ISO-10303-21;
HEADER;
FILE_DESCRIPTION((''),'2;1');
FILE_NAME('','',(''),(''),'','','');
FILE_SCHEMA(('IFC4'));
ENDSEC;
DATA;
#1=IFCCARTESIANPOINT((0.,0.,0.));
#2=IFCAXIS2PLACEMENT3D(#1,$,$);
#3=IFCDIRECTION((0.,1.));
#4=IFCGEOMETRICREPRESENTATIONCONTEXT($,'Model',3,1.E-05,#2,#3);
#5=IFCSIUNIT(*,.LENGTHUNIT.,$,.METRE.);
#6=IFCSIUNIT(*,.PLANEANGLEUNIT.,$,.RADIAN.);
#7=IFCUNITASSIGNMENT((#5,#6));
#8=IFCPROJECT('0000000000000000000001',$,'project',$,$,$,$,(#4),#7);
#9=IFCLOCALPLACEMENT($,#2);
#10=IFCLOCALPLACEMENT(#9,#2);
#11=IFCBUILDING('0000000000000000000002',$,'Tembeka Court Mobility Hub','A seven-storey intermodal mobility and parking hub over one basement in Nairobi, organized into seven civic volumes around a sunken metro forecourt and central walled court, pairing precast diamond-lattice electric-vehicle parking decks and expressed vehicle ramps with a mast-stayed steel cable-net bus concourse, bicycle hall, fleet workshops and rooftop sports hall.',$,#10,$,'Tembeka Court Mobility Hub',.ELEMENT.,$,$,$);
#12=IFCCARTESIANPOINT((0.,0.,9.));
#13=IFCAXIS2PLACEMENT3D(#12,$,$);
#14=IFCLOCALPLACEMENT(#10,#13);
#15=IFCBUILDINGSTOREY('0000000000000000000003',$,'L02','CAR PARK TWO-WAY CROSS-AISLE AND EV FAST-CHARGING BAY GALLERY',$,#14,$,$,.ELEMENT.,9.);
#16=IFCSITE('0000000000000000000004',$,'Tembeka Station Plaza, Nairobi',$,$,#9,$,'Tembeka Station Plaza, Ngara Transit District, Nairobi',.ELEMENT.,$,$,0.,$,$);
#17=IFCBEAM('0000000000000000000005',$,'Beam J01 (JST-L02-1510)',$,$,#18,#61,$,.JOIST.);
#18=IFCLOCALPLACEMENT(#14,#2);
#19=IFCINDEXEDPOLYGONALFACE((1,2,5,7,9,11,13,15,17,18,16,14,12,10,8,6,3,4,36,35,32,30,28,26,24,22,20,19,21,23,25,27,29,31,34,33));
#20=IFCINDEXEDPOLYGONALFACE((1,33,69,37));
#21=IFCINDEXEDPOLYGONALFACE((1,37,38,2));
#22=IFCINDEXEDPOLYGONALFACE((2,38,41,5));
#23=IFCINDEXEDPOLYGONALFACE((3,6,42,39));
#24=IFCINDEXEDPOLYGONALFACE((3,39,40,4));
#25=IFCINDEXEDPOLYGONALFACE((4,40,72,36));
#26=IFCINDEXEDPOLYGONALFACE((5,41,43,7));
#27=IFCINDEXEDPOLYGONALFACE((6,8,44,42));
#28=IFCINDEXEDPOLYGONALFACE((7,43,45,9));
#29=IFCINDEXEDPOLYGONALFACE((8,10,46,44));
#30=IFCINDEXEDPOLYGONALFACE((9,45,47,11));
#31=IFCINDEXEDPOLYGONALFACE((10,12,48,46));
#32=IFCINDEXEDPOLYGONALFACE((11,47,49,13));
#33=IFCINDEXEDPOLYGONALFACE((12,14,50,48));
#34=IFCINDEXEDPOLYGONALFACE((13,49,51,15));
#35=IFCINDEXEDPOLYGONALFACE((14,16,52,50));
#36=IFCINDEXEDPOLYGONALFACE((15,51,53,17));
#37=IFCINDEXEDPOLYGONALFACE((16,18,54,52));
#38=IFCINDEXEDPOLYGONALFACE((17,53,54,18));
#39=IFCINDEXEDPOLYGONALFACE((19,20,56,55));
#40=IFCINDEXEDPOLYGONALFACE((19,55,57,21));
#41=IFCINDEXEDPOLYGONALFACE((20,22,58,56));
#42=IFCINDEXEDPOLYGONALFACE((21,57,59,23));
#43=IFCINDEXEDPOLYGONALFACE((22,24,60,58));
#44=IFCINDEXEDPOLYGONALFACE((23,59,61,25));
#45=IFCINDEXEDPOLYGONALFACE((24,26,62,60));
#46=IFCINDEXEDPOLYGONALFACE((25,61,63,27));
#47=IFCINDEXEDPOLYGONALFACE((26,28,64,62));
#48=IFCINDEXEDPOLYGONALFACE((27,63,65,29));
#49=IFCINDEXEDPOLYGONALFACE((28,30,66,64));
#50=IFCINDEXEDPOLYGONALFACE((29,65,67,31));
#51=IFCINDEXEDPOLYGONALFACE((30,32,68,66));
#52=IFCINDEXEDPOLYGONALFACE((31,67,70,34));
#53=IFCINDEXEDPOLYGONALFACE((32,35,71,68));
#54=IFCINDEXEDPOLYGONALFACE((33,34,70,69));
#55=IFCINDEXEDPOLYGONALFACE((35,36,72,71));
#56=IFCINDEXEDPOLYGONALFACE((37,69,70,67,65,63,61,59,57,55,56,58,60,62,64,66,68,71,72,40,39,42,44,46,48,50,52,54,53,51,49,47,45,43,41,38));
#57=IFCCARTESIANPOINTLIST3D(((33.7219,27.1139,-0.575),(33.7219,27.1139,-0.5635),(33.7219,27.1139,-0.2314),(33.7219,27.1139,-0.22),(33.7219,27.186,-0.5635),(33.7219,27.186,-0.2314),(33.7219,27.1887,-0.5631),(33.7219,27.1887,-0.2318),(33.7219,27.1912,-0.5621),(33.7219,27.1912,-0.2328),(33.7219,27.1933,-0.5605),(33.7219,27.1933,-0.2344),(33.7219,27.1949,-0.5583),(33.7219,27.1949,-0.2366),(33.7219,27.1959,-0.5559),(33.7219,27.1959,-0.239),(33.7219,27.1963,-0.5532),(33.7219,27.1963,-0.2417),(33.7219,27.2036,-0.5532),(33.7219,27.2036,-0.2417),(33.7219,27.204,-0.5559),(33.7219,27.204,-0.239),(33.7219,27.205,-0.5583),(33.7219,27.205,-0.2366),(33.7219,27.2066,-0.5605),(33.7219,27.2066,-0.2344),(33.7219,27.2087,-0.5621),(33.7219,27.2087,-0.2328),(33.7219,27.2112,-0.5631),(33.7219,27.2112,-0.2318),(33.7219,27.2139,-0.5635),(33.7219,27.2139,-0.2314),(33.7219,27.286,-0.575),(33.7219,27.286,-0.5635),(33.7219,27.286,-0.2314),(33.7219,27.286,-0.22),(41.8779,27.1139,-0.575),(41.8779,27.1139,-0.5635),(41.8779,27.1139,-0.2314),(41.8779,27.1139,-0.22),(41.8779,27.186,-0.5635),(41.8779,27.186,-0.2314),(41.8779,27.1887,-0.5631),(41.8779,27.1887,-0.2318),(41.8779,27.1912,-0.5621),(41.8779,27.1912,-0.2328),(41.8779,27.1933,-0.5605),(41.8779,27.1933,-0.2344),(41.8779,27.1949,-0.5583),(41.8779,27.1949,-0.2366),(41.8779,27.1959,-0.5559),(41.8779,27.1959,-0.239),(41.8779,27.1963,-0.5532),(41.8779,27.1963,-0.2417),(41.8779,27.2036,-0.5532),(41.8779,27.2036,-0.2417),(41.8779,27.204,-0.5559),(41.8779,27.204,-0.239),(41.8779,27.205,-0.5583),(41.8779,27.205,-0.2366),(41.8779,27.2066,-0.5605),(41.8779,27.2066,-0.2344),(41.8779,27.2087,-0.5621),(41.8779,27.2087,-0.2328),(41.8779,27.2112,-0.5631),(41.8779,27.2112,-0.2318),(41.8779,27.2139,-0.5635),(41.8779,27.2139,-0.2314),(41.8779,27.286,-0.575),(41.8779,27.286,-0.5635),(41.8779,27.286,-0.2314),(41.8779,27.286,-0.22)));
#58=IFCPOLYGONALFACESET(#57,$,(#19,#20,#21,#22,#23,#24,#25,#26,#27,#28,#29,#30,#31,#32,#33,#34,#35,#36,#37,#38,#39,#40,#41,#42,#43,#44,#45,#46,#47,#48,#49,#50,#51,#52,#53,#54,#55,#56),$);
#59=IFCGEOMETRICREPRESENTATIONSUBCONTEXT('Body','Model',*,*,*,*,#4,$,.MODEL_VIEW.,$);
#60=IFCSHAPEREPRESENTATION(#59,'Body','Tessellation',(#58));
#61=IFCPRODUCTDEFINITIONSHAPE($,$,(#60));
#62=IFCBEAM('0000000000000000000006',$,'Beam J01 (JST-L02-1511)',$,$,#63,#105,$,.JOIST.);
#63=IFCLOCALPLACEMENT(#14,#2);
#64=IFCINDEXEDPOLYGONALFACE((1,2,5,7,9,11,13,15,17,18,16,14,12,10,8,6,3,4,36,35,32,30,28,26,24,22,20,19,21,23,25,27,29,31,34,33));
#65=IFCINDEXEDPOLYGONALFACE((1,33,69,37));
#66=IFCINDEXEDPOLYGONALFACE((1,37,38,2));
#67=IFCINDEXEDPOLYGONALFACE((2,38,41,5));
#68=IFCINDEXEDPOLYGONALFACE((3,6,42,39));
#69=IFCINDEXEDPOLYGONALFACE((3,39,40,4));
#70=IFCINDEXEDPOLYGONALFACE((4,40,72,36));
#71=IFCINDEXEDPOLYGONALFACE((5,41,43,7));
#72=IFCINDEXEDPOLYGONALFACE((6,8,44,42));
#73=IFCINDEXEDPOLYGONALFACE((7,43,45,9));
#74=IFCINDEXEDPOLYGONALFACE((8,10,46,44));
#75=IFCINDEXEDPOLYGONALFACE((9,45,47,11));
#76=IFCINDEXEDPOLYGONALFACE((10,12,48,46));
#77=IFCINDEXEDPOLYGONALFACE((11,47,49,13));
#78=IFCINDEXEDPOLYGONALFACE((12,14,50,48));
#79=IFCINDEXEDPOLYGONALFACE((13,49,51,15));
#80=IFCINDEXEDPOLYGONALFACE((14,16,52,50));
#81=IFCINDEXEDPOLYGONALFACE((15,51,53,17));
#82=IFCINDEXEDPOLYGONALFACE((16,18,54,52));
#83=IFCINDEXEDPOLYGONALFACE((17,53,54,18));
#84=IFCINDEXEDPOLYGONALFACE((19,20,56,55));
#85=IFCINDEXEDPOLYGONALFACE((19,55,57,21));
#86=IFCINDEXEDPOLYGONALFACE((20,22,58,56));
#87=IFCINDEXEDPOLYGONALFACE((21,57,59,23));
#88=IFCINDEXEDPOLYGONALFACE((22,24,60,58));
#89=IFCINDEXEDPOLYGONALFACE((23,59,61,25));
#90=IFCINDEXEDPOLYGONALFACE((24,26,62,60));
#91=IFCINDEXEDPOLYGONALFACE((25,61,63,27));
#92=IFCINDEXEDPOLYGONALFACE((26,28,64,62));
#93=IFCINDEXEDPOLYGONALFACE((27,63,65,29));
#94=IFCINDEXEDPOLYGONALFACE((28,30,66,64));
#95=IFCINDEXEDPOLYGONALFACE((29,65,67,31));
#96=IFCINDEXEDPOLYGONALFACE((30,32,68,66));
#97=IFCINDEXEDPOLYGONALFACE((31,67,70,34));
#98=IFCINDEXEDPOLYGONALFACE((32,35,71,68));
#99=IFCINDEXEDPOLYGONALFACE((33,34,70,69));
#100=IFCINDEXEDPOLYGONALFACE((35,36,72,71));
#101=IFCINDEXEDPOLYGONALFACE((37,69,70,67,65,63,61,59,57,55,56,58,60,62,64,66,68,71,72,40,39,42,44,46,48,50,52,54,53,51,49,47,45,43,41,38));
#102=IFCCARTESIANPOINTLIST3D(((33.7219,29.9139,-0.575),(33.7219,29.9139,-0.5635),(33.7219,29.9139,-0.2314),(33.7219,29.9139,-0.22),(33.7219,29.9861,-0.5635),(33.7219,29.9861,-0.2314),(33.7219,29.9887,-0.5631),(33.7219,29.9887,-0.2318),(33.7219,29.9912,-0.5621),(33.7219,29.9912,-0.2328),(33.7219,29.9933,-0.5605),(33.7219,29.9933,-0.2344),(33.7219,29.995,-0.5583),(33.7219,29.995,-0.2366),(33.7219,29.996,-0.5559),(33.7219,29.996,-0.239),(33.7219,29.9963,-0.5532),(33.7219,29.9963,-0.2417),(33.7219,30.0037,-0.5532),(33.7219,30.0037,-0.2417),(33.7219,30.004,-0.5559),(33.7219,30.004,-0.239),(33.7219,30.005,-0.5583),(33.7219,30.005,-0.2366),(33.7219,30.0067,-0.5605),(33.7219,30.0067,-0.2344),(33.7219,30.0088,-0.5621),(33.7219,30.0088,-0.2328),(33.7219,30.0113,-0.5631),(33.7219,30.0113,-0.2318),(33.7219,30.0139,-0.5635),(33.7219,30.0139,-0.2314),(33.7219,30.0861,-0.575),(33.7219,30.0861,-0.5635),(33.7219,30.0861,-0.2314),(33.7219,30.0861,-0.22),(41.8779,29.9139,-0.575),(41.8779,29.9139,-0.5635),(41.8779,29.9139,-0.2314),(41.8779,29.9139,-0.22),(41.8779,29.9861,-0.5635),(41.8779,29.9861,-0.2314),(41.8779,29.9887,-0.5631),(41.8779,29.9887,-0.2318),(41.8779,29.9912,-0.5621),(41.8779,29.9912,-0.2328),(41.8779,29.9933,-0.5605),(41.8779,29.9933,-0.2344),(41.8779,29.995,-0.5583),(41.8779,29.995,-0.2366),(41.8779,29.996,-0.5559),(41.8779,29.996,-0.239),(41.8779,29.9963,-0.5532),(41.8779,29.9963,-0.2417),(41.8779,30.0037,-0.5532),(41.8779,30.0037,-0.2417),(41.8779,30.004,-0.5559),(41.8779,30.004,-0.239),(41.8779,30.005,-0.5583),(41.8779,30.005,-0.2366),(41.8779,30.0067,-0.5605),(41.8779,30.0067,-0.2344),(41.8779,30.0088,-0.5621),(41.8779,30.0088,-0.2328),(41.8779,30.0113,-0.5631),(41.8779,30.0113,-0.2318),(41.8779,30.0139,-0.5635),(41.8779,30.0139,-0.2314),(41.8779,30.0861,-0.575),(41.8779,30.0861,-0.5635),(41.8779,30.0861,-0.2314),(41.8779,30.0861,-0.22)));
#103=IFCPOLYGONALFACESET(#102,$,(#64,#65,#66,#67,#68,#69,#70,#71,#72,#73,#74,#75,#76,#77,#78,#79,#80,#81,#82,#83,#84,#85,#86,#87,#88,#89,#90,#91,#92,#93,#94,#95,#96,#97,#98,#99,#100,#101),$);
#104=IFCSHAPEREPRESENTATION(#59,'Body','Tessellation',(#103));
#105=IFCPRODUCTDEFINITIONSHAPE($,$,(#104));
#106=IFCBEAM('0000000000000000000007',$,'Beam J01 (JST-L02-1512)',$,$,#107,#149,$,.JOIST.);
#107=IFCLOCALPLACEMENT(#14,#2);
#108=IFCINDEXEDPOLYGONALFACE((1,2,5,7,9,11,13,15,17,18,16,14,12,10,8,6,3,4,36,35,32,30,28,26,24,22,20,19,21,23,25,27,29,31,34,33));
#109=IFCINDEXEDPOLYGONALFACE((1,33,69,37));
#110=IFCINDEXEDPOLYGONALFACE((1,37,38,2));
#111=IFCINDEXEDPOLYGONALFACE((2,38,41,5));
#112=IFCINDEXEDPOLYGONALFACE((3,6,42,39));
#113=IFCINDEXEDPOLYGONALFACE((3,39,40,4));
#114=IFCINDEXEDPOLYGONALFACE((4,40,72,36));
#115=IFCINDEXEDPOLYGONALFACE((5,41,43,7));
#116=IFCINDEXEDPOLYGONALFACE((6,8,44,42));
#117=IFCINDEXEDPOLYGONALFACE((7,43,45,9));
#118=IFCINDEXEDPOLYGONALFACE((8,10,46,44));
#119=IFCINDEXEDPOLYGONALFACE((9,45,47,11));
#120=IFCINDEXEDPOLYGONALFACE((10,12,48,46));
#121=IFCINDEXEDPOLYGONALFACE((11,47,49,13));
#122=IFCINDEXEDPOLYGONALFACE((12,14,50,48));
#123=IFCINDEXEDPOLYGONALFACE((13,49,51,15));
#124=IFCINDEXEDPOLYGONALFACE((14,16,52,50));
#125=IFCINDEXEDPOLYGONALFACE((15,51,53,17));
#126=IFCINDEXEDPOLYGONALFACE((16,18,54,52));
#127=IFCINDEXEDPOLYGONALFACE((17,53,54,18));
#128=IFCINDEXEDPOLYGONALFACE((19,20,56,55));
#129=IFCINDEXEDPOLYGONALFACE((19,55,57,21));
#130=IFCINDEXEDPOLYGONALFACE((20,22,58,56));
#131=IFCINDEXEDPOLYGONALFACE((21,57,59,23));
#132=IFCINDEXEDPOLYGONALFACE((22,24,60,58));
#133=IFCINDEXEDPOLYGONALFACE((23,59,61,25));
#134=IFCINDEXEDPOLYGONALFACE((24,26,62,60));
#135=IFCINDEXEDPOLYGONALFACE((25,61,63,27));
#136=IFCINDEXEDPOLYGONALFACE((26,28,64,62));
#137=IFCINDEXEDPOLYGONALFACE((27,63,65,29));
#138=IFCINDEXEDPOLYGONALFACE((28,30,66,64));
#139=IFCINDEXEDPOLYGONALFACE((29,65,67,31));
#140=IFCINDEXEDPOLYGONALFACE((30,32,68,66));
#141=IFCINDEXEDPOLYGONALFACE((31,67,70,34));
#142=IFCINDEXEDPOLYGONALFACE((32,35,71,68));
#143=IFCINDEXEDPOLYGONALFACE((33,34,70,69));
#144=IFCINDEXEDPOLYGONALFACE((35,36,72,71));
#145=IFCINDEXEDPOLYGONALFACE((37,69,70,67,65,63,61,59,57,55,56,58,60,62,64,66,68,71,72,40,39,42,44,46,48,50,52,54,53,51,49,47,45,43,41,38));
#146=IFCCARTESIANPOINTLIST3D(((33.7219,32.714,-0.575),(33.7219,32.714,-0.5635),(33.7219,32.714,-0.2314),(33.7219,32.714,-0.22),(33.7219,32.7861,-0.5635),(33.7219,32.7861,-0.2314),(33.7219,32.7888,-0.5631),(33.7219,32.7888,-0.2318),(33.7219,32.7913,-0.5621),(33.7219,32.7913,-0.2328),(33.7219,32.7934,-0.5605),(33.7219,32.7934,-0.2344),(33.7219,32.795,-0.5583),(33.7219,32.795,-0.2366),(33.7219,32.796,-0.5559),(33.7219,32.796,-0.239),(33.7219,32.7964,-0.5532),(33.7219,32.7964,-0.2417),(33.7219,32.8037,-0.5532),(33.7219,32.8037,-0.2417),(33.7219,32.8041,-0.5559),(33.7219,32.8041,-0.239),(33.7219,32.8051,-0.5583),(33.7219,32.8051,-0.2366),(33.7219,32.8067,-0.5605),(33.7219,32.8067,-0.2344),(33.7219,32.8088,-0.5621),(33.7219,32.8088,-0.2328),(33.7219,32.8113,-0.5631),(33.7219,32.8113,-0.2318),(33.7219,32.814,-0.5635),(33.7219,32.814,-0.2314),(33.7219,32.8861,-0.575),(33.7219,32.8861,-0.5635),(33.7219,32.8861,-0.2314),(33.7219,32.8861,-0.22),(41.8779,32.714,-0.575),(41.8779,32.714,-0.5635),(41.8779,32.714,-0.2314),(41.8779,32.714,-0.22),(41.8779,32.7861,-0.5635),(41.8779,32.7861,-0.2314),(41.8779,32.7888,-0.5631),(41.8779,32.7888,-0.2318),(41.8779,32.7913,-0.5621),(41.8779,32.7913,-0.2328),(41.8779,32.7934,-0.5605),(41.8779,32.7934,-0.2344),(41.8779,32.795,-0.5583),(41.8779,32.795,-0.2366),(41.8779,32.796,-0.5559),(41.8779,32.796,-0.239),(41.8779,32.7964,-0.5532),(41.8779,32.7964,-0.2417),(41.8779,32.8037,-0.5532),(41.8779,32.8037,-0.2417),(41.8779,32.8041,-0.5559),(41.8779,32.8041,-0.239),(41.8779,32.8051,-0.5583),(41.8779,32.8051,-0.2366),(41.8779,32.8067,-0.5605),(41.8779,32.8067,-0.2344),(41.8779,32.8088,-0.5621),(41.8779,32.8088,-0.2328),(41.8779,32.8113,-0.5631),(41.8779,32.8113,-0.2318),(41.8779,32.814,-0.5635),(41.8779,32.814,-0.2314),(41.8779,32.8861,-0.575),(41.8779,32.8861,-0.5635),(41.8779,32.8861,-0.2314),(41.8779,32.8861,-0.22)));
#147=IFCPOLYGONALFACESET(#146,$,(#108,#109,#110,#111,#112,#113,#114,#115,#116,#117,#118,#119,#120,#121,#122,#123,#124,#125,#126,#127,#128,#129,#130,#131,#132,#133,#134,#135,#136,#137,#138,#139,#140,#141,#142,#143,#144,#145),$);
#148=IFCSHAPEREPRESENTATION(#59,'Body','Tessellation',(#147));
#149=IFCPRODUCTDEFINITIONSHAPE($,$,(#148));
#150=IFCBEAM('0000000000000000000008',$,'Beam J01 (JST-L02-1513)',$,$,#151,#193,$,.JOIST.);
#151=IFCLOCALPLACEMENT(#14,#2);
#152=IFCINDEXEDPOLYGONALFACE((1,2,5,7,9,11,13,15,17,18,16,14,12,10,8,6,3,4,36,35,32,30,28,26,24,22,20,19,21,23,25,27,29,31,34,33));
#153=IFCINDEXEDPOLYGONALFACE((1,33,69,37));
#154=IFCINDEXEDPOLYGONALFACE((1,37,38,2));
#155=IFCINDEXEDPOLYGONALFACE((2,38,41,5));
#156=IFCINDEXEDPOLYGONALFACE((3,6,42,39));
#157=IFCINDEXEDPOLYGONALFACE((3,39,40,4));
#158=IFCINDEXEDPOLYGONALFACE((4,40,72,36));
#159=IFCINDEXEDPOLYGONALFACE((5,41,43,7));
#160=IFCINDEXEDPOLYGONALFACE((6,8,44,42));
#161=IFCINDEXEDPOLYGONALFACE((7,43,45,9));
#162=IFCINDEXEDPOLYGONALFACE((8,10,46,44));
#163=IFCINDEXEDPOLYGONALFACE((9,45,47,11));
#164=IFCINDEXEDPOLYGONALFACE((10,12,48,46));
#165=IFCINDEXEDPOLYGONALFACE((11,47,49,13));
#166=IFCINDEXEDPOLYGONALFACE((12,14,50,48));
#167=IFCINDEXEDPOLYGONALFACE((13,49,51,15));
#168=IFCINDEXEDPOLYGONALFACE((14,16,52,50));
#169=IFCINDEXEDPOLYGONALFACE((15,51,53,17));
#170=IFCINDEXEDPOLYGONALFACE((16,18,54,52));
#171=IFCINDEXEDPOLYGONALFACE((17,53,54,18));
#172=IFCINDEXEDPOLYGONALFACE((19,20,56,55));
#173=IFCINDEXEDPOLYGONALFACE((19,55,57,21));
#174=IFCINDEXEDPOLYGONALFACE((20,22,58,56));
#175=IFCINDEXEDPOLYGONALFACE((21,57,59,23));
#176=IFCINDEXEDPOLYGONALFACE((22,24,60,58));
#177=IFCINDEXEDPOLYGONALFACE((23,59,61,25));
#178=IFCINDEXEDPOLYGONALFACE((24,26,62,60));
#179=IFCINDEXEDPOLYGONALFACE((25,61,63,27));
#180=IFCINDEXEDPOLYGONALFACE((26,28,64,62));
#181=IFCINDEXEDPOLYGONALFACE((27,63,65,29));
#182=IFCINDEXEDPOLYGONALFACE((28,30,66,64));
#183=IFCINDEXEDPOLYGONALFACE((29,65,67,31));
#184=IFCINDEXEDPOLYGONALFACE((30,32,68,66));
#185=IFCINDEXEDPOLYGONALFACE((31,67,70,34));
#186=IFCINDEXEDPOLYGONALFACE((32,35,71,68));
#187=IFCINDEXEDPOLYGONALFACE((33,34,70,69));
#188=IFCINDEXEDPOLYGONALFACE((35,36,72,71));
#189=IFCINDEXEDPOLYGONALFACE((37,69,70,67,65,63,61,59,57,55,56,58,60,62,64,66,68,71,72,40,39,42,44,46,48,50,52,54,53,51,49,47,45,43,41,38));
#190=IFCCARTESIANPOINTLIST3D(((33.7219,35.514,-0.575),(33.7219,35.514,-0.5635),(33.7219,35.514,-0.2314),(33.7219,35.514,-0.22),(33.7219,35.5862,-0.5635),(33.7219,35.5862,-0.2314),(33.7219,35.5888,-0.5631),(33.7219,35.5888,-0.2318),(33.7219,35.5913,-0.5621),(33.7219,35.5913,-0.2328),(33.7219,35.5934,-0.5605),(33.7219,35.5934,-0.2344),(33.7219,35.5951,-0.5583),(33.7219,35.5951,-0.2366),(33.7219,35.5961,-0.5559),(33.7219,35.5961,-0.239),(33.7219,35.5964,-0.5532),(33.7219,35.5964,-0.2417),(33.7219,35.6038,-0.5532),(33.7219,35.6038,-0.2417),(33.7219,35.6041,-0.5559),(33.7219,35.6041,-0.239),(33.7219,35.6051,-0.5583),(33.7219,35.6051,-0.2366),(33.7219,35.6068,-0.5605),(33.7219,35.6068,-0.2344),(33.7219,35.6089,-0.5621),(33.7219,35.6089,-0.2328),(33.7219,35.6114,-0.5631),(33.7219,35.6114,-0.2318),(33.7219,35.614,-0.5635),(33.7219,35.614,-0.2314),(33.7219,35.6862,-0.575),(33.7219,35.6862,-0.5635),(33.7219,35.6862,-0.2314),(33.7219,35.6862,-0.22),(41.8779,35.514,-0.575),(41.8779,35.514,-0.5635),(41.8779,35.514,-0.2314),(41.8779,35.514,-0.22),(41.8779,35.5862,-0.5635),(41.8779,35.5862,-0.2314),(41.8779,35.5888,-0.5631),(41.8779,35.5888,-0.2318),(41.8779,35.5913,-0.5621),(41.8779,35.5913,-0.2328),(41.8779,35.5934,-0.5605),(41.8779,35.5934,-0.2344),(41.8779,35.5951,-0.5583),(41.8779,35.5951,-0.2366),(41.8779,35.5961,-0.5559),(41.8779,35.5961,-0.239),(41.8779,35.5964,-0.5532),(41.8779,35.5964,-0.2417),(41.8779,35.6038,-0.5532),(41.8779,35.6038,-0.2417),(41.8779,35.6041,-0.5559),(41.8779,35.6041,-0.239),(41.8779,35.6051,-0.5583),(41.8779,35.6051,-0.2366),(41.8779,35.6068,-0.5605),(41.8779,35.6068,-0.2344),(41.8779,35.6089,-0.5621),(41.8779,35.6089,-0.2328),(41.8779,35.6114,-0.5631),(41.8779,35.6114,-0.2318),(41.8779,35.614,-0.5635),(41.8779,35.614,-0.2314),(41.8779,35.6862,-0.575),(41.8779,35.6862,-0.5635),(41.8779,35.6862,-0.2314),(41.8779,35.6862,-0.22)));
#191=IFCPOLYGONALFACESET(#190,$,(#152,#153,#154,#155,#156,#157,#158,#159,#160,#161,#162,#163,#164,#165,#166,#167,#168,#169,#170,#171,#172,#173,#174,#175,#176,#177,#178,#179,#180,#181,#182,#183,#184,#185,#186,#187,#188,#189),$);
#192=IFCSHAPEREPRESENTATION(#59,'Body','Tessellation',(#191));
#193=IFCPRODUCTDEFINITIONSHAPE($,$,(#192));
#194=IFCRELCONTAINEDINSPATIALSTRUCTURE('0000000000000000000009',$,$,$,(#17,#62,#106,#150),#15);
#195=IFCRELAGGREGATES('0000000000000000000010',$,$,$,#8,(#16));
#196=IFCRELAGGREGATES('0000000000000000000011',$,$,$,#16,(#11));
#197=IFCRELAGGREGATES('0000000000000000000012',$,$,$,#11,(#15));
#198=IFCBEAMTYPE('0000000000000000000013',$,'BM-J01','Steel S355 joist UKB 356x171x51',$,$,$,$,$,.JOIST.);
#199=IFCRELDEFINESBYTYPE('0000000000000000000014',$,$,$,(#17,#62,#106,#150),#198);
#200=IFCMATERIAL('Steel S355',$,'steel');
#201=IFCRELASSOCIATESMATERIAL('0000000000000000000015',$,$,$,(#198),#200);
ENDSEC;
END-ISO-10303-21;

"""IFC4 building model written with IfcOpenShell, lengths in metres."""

from ifc_helpers import new_model, si_unit, direction, frame, origin, origin_2d, place, context, subcontext, project, spatial, i_section, extrude, material, material_profile, profile_set, type_object, element, save


model = new_model("IFC4")

# Units and contexts
model_context = context("Model", 3, precision=1e-05, world=origin(), true_north=direction((0.0, 1.0)))
body_context = subcontext(model_context, "Body", "Model", "MODEL_VIEW")
ifc_project = project(units=[si_unit("LENGTHUNIT", "METRE"), si_unit("PLANEANGLEUNIT", "RADIAN")], contexts=[model_context])

# Site, building, storey
site_placement = place(None, origin())
site = spatial("IfcSite", under=ifc_project, at=site_placement, Name="Tembeka Station Plaza, Nairobi", LongName="Tembeka Station Plaza, Ngara Transit District, Nairobi", CompositionType="ELEMENT", RefElevation=0.0)
building_placement = place(site_placement, origin())
building = spatial("IfcBuilding", under=site, at=building_placement, Name="Tembeka Court Mobility Hub", Description="A seven-storey intermodal mobility and parking hub over one basement in Nairobi, organized into seven civic volumes around a sunken metro forecourt and central walled court, pairing precast diamond-lattice electric-vehicle parking decks and expressed vehicle ramps with a mast-stayed steel cable-net bus concourse, bicycle hall, fleet workshops and rooftop sports hall.", LongName="Tembeka Court Mobility Hub", CompositionType="ELEMENT")
storey_placement = place(building_placement, frame((0.0, 0.0, 9.0)))
storey = spatial("IfcBuildingStorey", under=building, at=storey_placement, Name="L02", Description="CAR PARK TWO-WAY CROSS-AISLE AND EV FAST-CHARGING BAY GALLERY", CompositionType="ELEMENT", Elevation=9.0)

# Shared definitions
ifc_material_1 = material(Name="Steel S355", Category="steel")

# Beams
ifc_material_profile_1 = material_profile(ifc_material_1, i_section(OverallWidth=0.1721, OverallDepth=0.355, WebThickness=0.0073, FlangeThickness=0.0115, FilletRadius=0.0103, at=origin_2d()), Name="UKB 356x171x51")
ifc_profile_set_1 = profile_set([ifc_material_profile_1], Name="Steel S355")
beam_type_1 = type_object("IfcBeamType", Name="BM-J01", Description="Steel S355 joist UKB 356x171x51", PredefinedType="JOIST", material=ifc_profile_set_1)
for number, where, z_axis, x_axis, name in (
    (1, (33.7219, 27.2, -0.3975), (1.0, 0.0, 0.0), (0.0, 1.0, 0.0), "Beam J01 (JST-L02-1510)"),
    (2, (33.7219, 30.0, -0.3975), (1.0, 0.0, 0.0), (0.0, 1.0, 0.0), "Beam J01 (JST-L02-1511)"),
    (3, (33.7219, 32.8, -0.3975), (1.0, 0.0, 0.0), (0.0, 1.0, 0.0), "Beam J01 (JST-L02-1512)"),
    (4, (33.7219, 35.6001, -0.3975), (1.0, 0.0, 0.0), (0.0, 1.0, 0.0), "Beam J01 (JST-L02-1513)"),
):
    element("IfcBeam", number, at=place(storey_placement, frame(where, z_axis=z_axis, x_axis=x_axis)), inside=storey, type_object=beam_type_1, Name=name, PredefinedType="JOIST", context=body_context, shape_type="SweptSolid", body=[
        extrude(i_section(OverallWidth=0.1721, OverallDepth=0.355, WebThickness=0.0073, FlangeThickness=0.0115, FilletRadius=0.0103, at=origin_2d()), origin(), (0.0, 0.0, 1.0), 8.156),
    ])

save(model, "model.ifc")
